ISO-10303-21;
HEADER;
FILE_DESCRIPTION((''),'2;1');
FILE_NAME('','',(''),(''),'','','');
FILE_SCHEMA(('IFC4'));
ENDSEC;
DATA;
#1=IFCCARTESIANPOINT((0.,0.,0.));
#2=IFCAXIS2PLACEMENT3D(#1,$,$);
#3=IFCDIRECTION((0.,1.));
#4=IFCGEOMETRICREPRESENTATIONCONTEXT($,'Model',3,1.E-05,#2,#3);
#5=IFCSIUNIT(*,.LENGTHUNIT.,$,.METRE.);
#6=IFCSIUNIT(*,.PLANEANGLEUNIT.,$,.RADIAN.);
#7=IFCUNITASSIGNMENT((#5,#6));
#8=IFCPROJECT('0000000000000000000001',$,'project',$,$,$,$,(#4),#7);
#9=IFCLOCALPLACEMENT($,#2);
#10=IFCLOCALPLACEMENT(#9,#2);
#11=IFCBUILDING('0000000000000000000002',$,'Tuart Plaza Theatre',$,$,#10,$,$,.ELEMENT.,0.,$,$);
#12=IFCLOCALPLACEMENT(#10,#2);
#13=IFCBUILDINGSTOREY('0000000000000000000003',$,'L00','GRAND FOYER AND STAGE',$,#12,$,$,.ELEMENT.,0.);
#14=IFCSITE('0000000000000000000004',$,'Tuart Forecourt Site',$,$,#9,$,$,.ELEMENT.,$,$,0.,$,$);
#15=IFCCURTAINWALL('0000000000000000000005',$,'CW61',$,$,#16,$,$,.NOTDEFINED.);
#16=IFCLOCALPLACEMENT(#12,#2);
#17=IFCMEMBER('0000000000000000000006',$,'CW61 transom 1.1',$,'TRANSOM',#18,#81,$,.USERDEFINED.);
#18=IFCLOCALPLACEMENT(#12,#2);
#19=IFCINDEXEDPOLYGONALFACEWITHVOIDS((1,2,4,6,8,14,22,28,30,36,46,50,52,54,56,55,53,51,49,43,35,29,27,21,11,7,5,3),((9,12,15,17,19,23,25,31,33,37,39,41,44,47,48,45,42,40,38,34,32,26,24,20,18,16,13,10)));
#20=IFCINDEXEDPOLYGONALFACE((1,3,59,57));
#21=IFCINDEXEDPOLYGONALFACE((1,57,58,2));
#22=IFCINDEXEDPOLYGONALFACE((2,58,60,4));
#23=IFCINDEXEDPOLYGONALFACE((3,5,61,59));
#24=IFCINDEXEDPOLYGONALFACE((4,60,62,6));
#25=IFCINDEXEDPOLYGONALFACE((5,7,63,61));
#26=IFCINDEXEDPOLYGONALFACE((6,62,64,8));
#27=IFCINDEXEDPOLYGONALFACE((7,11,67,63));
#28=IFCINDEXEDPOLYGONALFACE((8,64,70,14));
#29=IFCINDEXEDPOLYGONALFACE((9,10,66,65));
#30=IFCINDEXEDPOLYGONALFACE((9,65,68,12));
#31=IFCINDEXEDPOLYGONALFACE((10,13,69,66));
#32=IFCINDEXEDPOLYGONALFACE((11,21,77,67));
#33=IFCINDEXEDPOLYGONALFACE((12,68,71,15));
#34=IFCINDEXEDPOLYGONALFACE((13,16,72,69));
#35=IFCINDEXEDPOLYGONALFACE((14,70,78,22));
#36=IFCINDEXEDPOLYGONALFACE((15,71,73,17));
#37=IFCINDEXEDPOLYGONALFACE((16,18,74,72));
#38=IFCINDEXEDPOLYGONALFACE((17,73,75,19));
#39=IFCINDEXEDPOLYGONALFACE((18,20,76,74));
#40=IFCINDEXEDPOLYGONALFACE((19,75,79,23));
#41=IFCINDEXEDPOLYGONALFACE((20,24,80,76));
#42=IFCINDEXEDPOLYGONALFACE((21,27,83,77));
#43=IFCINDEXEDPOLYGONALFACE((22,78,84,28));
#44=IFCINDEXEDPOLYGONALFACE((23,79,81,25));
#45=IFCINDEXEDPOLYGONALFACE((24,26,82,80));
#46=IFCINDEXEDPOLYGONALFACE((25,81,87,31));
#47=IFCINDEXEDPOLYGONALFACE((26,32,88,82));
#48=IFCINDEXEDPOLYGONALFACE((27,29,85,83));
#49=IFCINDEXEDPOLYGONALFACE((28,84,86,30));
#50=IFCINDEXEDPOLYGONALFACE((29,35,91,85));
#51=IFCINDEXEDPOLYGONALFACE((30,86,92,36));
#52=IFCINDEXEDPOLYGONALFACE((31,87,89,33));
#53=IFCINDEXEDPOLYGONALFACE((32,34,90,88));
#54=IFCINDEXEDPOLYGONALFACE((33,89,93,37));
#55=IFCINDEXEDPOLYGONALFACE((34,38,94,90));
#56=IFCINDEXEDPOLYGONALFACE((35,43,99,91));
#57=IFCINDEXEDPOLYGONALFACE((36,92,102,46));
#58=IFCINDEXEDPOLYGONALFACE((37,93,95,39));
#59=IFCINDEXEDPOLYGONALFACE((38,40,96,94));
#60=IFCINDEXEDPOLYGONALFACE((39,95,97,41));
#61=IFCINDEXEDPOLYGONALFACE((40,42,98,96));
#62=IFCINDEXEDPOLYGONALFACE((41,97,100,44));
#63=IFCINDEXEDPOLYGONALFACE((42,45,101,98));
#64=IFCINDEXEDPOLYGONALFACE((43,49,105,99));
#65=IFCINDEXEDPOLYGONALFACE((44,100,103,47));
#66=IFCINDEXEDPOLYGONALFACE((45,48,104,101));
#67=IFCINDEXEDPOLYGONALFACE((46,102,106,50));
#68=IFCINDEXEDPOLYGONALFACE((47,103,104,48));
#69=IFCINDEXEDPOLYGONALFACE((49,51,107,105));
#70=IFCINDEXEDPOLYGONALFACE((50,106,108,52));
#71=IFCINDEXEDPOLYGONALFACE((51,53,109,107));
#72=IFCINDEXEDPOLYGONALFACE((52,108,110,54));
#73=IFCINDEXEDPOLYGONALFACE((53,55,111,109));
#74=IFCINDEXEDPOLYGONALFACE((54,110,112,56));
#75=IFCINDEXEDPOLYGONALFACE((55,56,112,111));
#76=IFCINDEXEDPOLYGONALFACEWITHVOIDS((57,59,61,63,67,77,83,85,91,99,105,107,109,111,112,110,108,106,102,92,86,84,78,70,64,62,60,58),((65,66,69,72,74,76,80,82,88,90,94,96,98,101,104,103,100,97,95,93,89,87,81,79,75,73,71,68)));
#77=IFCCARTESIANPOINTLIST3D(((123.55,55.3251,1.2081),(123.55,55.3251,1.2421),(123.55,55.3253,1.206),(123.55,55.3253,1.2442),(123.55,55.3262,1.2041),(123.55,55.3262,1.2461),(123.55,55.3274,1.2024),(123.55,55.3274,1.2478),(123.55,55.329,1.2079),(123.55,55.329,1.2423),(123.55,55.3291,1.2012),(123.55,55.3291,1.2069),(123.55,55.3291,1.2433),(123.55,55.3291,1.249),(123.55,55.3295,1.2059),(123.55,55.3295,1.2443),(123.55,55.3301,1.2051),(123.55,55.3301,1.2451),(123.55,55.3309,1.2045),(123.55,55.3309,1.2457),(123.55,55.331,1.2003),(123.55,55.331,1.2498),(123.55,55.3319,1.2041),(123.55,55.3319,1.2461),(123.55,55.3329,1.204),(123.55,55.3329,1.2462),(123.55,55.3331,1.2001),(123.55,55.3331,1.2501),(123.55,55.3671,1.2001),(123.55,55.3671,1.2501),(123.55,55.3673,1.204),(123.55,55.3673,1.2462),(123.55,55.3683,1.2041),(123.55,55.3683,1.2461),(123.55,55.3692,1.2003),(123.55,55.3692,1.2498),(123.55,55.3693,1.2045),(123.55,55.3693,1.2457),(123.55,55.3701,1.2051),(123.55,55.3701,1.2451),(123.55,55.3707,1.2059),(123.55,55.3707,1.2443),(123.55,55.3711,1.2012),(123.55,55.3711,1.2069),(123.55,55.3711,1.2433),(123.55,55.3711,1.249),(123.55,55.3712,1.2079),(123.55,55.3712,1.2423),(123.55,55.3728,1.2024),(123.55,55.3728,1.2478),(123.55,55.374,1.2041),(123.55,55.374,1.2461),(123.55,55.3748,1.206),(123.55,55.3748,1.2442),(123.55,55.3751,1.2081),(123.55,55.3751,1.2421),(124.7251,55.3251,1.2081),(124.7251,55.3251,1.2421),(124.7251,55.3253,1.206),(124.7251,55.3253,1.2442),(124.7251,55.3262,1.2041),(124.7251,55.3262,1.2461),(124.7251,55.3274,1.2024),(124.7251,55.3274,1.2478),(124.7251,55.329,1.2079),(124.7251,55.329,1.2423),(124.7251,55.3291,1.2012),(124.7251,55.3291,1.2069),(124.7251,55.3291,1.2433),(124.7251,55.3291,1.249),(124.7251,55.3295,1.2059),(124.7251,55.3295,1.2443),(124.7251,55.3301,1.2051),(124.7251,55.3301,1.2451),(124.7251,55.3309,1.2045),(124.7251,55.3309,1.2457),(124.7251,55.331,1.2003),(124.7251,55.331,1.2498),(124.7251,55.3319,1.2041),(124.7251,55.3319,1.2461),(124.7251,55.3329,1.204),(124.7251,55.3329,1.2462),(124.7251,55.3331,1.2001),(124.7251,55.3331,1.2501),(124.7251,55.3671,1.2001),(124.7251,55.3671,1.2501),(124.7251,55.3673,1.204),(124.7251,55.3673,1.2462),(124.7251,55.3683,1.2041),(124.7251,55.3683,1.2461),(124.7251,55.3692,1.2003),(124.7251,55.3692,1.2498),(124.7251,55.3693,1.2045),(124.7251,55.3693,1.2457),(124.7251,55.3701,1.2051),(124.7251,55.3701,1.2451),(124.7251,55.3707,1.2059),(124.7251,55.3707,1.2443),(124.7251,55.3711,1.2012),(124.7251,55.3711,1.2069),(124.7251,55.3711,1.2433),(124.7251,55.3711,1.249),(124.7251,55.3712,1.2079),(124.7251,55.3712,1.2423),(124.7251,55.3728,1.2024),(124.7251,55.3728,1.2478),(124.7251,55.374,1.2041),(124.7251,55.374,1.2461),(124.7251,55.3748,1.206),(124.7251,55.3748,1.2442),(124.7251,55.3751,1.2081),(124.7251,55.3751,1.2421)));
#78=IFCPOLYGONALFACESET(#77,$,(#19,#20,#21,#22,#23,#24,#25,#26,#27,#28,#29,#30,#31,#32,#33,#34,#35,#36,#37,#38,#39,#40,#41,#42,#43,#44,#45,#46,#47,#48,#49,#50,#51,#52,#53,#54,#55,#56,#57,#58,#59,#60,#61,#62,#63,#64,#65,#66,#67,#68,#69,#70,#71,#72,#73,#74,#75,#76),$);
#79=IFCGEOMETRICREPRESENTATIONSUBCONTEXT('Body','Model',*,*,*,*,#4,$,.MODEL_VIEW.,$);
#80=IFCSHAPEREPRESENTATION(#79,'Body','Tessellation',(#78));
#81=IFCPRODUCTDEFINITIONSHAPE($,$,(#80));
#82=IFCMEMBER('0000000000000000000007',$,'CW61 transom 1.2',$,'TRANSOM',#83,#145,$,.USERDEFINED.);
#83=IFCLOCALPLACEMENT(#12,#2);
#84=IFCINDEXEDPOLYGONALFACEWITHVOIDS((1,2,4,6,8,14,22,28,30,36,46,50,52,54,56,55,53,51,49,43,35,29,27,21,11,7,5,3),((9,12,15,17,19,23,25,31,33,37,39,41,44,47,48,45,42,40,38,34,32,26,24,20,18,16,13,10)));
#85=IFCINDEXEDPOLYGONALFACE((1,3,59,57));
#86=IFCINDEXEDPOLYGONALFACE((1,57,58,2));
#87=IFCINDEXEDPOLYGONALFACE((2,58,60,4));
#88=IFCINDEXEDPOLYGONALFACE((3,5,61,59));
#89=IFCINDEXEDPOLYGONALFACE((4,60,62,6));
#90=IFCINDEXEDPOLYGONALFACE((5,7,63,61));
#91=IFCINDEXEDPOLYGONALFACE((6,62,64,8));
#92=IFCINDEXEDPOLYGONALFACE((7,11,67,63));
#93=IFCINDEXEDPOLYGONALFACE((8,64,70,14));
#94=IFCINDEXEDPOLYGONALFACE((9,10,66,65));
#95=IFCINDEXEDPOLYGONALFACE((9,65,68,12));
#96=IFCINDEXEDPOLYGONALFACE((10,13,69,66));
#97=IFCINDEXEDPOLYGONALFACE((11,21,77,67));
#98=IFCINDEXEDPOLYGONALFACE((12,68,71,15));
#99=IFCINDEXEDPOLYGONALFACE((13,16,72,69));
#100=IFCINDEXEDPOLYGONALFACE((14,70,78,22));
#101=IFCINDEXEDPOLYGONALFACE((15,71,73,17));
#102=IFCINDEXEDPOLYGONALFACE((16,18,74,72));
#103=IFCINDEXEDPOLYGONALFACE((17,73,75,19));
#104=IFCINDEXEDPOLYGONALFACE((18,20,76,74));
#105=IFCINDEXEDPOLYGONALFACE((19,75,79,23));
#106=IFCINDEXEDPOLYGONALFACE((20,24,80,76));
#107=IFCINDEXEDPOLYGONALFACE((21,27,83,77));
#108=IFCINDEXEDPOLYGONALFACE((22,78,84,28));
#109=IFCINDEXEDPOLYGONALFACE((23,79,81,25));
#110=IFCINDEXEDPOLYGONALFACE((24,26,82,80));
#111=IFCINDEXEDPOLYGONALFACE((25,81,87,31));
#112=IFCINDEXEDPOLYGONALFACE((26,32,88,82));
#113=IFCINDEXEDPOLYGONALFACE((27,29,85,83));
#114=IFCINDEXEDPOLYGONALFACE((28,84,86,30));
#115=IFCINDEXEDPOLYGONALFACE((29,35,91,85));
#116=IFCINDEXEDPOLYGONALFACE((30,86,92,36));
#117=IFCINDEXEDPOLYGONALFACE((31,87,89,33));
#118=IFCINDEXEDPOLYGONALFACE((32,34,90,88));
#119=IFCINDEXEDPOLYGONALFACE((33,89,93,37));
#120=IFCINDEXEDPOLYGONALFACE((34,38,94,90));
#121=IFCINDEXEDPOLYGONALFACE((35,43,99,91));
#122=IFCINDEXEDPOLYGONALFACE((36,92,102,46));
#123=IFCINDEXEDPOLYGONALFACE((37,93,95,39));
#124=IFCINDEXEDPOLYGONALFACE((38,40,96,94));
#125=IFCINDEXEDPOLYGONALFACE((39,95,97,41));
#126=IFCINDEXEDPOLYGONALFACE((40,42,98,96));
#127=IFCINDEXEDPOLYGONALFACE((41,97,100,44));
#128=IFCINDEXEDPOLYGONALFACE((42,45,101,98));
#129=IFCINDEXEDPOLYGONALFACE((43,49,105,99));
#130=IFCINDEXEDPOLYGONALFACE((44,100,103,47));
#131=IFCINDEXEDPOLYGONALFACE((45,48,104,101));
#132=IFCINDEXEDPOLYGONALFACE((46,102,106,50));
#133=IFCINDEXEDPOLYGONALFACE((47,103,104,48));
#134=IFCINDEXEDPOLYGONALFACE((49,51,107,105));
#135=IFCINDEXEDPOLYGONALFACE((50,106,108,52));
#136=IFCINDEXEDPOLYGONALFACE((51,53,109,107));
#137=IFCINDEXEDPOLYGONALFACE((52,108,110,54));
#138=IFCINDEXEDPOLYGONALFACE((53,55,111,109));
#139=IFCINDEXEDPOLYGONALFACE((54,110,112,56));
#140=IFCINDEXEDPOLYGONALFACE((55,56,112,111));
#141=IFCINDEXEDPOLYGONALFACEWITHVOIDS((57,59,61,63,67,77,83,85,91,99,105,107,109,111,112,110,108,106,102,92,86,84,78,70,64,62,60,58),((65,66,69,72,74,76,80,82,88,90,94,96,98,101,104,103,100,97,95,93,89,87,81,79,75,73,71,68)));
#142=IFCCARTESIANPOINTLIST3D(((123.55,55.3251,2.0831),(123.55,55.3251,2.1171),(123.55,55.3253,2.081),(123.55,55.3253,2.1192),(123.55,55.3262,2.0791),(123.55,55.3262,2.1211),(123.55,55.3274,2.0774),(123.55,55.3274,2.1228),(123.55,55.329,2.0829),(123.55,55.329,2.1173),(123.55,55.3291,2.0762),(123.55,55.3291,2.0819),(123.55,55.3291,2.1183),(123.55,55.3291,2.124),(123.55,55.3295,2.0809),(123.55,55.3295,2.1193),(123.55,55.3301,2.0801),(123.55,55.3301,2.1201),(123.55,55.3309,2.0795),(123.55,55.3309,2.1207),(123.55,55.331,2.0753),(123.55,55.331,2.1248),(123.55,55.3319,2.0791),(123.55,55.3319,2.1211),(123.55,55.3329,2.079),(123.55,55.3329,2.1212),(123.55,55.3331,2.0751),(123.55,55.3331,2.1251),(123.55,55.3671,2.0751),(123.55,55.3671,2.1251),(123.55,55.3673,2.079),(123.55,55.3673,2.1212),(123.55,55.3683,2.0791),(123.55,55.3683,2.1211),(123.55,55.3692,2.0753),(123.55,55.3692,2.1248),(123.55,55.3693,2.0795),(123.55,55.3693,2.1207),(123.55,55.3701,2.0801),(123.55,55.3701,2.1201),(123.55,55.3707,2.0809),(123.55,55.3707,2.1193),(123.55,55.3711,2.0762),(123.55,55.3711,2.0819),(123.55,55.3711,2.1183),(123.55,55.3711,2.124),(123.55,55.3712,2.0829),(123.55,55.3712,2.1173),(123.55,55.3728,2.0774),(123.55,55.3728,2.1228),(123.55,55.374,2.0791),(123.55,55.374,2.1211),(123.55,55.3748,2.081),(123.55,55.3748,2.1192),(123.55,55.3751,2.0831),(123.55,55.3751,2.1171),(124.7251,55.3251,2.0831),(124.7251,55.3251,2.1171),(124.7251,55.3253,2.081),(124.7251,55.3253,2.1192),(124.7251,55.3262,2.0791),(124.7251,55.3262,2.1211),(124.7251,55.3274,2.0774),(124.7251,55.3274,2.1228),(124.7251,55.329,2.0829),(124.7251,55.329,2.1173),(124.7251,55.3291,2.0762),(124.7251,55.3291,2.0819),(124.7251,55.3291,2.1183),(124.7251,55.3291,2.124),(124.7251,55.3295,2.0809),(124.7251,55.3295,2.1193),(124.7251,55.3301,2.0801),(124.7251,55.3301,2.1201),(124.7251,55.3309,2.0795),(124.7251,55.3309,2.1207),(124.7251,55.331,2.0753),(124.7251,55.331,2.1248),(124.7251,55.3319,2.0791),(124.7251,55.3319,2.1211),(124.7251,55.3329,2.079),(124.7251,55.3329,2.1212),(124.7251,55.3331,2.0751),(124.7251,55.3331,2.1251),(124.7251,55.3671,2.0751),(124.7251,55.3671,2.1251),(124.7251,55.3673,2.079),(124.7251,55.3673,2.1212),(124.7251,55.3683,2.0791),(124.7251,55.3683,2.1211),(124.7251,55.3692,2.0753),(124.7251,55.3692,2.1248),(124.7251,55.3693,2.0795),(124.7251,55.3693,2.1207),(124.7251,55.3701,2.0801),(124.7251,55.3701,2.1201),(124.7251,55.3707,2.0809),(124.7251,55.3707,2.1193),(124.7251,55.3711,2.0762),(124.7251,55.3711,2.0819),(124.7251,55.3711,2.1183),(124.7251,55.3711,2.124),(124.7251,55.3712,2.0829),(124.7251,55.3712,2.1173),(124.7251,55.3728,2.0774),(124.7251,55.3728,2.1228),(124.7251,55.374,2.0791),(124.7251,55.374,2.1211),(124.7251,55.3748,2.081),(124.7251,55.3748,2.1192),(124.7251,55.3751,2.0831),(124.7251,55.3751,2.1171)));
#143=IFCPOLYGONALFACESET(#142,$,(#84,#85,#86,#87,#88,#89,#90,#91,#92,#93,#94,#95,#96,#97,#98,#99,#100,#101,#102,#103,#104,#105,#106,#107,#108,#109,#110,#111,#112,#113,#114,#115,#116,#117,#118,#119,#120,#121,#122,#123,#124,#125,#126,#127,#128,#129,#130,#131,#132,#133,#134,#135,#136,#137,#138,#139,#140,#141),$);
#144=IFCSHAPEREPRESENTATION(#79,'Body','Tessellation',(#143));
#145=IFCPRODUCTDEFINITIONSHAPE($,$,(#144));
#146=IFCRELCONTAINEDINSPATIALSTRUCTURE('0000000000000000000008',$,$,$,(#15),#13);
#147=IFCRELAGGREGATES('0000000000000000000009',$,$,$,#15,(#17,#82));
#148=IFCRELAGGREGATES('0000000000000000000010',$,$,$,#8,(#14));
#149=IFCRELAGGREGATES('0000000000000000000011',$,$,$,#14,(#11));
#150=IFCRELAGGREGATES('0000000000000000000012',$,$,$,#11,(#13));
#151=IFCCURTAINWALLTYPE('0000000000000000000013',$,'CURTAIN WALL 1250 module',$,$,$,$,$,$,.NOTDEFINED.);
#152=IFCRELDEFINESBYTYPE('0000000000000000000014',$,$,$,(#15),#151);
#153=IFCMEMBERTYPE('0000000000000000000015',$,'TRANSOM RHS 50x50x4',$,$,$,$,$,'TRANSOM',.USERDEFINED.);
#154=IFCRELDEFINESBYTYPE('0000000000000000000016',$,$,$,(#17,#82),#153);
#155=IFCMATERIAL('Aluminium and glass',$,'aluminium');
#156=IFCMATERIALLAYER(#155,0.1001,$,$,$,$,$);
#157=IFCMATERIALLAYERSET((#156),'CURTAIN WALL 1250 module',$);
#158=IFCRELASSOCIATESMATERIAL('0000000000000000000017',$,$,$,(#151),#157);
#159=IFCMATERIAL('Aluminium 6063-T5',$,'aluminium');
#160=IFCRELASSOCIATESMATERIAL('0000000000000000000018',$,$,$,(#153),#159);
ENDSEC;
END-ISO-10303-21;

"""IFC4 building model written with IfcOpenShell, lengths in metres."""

from ifc_helpers import new_model, si_unit, direction, frame, origin, origin_2d, place, context, subcontext, project, spatial, hollow_rectangle, extrude, material, layer, layer_set, material_profile, profile_set, type_object, element, aggregate, save


model = new_model("IFC4")

# Units and contexts
model_context = context("Model", 3, precision=1e-05, world=origin(), true_north=direction((0.0, 1.0)))
body_context = subcontext(model_context, "Body", "Model", "MODEL_VIEW")
ifc_project = project(units=[si_unit("LENGTHUNIT", "METRE"), si_unit("PLANEANGLEUNIT", "RADIAN")], contexts=[model_context])

# Site, building, storey
site_placement = place(None, origin())
site = spatial("IfcSite", under=ifc_project, at=site_placement, Name="Tuart Forecourt Site", CompositionType="ELEMENT", RefElevation=0.0)
building_placement = place(site_placement, origin())
building = spatial("IfcBuilding", under=site, at=building_placement, Name="Tuart Plaza Theatre", CompositionType="ELEMENT", ElevationOfRefHeight=0.0)
storey_placement = place(building_placement, origin())
storey = spatial("IfcBuildingStorey", under=building, at=storey_placement, Name="L00", Description="GRAND FOYER AND STAGE", CompositionType="ELEMENT", Elevation=0.0)

# Curtain wall
ifc_material_1 = material(Name="Aluminium and glass", Category="aluminium")
ifc_layer_1 = layer(ifc_material_1, 0.1001)
ifc_layer_set_1 = layer_set([ifc_layer_1], Name="CURTAIN WALL 1250 module")
curtain_wall_type_1 = type_object("IfcCurtainWallType", Name="CURTAIN WALL 1250 module", PredefinedType="NOTDEFINED", material=ifc_layer_set_1)
curtain_wall_1_placement = place(storey_placement, origin())
curtain_wall_1 = element("IfcCurtainWall", 1, at=curtain_wall_1_placement, inside=storey, type_object=curtain_wall_type_1, Name="CW61", PredefinedType="NOTDEFINED")

# Members
ifc_material_2 = material(Name="Aluminium 6063-T5", Category="aluminium")
ifc_material_profile_1 = material_profile(ifc_material_2, hollow_rectangle(XDim=0.05, YDim=0.05, WallThickness=0.0039, InnerFilletRadius=0.0039, OuterFilletRadius=0.0081, at=origin_2d()), Name="RHS 50x50x4")
ifc_profile_set_1 = profile_set([ifc_material_profile_1], Name="Aluminium 6063-T5")
member_type_1 = type_object("IfcMemberType", Name="TRANSOM RHS 50x50x4", ElementType="TRANSOM", PredefinedType="USERDEFINED", material=ifc_profile_set_1)
member_1_placement = place(storey_placement, frame((123.55, 55.3501, 1.2251), z_axis=(1.0, 0.0, 0.0), x_axis=(0.0, 1.0, 0.0)))
member_1 = element("IfcMember", 2, at=member_1_placement, type_object=member_type_1, Name="CW61 transom 1.1", ObjectType="TRANSOM", PredefinedType="USERDEFINED", context=body_context, shape_type="SweptSolid", body=[
    extrude(hollow_rectangle(XDim=0.05, YDim=0.05, WallThickness=0.0039, InnerFilletRadius=0.0039, OuterFilletRadius=0.0081, at=origin_2d()), origin(), (0.0, 0.0, 1.0), 1.175),
])
member_2_placement = place(storey_placement, frame((123.55, 55.3501, 2.1001), z_axis=(1.0, 0.0, 0.0), x_axis=(0.0, 1.0, 0.0)))
member_2 = element("IfcMember", 3, at=member_2_placement, type_object=member_type_1, Name="CW61 transom 1.2", ObjectType="TRANSOM", PredefinedType="USERDEFINED", context=body_context, shape_type="SweptSolid", body=[
    extrude(hollow_rectangle(XDim=0.05, YDim=0.05, WallThickness=0.0039, InnerFilletRadius=0.0039, OuterFilletRadius=0.0081, at=origin_2d()), origin(), (0.0, 0.0, 1.0), 1.175),
])

aggregate(curtain_wall_1, [member_1, member_2])

save(model, "model.ifc")
